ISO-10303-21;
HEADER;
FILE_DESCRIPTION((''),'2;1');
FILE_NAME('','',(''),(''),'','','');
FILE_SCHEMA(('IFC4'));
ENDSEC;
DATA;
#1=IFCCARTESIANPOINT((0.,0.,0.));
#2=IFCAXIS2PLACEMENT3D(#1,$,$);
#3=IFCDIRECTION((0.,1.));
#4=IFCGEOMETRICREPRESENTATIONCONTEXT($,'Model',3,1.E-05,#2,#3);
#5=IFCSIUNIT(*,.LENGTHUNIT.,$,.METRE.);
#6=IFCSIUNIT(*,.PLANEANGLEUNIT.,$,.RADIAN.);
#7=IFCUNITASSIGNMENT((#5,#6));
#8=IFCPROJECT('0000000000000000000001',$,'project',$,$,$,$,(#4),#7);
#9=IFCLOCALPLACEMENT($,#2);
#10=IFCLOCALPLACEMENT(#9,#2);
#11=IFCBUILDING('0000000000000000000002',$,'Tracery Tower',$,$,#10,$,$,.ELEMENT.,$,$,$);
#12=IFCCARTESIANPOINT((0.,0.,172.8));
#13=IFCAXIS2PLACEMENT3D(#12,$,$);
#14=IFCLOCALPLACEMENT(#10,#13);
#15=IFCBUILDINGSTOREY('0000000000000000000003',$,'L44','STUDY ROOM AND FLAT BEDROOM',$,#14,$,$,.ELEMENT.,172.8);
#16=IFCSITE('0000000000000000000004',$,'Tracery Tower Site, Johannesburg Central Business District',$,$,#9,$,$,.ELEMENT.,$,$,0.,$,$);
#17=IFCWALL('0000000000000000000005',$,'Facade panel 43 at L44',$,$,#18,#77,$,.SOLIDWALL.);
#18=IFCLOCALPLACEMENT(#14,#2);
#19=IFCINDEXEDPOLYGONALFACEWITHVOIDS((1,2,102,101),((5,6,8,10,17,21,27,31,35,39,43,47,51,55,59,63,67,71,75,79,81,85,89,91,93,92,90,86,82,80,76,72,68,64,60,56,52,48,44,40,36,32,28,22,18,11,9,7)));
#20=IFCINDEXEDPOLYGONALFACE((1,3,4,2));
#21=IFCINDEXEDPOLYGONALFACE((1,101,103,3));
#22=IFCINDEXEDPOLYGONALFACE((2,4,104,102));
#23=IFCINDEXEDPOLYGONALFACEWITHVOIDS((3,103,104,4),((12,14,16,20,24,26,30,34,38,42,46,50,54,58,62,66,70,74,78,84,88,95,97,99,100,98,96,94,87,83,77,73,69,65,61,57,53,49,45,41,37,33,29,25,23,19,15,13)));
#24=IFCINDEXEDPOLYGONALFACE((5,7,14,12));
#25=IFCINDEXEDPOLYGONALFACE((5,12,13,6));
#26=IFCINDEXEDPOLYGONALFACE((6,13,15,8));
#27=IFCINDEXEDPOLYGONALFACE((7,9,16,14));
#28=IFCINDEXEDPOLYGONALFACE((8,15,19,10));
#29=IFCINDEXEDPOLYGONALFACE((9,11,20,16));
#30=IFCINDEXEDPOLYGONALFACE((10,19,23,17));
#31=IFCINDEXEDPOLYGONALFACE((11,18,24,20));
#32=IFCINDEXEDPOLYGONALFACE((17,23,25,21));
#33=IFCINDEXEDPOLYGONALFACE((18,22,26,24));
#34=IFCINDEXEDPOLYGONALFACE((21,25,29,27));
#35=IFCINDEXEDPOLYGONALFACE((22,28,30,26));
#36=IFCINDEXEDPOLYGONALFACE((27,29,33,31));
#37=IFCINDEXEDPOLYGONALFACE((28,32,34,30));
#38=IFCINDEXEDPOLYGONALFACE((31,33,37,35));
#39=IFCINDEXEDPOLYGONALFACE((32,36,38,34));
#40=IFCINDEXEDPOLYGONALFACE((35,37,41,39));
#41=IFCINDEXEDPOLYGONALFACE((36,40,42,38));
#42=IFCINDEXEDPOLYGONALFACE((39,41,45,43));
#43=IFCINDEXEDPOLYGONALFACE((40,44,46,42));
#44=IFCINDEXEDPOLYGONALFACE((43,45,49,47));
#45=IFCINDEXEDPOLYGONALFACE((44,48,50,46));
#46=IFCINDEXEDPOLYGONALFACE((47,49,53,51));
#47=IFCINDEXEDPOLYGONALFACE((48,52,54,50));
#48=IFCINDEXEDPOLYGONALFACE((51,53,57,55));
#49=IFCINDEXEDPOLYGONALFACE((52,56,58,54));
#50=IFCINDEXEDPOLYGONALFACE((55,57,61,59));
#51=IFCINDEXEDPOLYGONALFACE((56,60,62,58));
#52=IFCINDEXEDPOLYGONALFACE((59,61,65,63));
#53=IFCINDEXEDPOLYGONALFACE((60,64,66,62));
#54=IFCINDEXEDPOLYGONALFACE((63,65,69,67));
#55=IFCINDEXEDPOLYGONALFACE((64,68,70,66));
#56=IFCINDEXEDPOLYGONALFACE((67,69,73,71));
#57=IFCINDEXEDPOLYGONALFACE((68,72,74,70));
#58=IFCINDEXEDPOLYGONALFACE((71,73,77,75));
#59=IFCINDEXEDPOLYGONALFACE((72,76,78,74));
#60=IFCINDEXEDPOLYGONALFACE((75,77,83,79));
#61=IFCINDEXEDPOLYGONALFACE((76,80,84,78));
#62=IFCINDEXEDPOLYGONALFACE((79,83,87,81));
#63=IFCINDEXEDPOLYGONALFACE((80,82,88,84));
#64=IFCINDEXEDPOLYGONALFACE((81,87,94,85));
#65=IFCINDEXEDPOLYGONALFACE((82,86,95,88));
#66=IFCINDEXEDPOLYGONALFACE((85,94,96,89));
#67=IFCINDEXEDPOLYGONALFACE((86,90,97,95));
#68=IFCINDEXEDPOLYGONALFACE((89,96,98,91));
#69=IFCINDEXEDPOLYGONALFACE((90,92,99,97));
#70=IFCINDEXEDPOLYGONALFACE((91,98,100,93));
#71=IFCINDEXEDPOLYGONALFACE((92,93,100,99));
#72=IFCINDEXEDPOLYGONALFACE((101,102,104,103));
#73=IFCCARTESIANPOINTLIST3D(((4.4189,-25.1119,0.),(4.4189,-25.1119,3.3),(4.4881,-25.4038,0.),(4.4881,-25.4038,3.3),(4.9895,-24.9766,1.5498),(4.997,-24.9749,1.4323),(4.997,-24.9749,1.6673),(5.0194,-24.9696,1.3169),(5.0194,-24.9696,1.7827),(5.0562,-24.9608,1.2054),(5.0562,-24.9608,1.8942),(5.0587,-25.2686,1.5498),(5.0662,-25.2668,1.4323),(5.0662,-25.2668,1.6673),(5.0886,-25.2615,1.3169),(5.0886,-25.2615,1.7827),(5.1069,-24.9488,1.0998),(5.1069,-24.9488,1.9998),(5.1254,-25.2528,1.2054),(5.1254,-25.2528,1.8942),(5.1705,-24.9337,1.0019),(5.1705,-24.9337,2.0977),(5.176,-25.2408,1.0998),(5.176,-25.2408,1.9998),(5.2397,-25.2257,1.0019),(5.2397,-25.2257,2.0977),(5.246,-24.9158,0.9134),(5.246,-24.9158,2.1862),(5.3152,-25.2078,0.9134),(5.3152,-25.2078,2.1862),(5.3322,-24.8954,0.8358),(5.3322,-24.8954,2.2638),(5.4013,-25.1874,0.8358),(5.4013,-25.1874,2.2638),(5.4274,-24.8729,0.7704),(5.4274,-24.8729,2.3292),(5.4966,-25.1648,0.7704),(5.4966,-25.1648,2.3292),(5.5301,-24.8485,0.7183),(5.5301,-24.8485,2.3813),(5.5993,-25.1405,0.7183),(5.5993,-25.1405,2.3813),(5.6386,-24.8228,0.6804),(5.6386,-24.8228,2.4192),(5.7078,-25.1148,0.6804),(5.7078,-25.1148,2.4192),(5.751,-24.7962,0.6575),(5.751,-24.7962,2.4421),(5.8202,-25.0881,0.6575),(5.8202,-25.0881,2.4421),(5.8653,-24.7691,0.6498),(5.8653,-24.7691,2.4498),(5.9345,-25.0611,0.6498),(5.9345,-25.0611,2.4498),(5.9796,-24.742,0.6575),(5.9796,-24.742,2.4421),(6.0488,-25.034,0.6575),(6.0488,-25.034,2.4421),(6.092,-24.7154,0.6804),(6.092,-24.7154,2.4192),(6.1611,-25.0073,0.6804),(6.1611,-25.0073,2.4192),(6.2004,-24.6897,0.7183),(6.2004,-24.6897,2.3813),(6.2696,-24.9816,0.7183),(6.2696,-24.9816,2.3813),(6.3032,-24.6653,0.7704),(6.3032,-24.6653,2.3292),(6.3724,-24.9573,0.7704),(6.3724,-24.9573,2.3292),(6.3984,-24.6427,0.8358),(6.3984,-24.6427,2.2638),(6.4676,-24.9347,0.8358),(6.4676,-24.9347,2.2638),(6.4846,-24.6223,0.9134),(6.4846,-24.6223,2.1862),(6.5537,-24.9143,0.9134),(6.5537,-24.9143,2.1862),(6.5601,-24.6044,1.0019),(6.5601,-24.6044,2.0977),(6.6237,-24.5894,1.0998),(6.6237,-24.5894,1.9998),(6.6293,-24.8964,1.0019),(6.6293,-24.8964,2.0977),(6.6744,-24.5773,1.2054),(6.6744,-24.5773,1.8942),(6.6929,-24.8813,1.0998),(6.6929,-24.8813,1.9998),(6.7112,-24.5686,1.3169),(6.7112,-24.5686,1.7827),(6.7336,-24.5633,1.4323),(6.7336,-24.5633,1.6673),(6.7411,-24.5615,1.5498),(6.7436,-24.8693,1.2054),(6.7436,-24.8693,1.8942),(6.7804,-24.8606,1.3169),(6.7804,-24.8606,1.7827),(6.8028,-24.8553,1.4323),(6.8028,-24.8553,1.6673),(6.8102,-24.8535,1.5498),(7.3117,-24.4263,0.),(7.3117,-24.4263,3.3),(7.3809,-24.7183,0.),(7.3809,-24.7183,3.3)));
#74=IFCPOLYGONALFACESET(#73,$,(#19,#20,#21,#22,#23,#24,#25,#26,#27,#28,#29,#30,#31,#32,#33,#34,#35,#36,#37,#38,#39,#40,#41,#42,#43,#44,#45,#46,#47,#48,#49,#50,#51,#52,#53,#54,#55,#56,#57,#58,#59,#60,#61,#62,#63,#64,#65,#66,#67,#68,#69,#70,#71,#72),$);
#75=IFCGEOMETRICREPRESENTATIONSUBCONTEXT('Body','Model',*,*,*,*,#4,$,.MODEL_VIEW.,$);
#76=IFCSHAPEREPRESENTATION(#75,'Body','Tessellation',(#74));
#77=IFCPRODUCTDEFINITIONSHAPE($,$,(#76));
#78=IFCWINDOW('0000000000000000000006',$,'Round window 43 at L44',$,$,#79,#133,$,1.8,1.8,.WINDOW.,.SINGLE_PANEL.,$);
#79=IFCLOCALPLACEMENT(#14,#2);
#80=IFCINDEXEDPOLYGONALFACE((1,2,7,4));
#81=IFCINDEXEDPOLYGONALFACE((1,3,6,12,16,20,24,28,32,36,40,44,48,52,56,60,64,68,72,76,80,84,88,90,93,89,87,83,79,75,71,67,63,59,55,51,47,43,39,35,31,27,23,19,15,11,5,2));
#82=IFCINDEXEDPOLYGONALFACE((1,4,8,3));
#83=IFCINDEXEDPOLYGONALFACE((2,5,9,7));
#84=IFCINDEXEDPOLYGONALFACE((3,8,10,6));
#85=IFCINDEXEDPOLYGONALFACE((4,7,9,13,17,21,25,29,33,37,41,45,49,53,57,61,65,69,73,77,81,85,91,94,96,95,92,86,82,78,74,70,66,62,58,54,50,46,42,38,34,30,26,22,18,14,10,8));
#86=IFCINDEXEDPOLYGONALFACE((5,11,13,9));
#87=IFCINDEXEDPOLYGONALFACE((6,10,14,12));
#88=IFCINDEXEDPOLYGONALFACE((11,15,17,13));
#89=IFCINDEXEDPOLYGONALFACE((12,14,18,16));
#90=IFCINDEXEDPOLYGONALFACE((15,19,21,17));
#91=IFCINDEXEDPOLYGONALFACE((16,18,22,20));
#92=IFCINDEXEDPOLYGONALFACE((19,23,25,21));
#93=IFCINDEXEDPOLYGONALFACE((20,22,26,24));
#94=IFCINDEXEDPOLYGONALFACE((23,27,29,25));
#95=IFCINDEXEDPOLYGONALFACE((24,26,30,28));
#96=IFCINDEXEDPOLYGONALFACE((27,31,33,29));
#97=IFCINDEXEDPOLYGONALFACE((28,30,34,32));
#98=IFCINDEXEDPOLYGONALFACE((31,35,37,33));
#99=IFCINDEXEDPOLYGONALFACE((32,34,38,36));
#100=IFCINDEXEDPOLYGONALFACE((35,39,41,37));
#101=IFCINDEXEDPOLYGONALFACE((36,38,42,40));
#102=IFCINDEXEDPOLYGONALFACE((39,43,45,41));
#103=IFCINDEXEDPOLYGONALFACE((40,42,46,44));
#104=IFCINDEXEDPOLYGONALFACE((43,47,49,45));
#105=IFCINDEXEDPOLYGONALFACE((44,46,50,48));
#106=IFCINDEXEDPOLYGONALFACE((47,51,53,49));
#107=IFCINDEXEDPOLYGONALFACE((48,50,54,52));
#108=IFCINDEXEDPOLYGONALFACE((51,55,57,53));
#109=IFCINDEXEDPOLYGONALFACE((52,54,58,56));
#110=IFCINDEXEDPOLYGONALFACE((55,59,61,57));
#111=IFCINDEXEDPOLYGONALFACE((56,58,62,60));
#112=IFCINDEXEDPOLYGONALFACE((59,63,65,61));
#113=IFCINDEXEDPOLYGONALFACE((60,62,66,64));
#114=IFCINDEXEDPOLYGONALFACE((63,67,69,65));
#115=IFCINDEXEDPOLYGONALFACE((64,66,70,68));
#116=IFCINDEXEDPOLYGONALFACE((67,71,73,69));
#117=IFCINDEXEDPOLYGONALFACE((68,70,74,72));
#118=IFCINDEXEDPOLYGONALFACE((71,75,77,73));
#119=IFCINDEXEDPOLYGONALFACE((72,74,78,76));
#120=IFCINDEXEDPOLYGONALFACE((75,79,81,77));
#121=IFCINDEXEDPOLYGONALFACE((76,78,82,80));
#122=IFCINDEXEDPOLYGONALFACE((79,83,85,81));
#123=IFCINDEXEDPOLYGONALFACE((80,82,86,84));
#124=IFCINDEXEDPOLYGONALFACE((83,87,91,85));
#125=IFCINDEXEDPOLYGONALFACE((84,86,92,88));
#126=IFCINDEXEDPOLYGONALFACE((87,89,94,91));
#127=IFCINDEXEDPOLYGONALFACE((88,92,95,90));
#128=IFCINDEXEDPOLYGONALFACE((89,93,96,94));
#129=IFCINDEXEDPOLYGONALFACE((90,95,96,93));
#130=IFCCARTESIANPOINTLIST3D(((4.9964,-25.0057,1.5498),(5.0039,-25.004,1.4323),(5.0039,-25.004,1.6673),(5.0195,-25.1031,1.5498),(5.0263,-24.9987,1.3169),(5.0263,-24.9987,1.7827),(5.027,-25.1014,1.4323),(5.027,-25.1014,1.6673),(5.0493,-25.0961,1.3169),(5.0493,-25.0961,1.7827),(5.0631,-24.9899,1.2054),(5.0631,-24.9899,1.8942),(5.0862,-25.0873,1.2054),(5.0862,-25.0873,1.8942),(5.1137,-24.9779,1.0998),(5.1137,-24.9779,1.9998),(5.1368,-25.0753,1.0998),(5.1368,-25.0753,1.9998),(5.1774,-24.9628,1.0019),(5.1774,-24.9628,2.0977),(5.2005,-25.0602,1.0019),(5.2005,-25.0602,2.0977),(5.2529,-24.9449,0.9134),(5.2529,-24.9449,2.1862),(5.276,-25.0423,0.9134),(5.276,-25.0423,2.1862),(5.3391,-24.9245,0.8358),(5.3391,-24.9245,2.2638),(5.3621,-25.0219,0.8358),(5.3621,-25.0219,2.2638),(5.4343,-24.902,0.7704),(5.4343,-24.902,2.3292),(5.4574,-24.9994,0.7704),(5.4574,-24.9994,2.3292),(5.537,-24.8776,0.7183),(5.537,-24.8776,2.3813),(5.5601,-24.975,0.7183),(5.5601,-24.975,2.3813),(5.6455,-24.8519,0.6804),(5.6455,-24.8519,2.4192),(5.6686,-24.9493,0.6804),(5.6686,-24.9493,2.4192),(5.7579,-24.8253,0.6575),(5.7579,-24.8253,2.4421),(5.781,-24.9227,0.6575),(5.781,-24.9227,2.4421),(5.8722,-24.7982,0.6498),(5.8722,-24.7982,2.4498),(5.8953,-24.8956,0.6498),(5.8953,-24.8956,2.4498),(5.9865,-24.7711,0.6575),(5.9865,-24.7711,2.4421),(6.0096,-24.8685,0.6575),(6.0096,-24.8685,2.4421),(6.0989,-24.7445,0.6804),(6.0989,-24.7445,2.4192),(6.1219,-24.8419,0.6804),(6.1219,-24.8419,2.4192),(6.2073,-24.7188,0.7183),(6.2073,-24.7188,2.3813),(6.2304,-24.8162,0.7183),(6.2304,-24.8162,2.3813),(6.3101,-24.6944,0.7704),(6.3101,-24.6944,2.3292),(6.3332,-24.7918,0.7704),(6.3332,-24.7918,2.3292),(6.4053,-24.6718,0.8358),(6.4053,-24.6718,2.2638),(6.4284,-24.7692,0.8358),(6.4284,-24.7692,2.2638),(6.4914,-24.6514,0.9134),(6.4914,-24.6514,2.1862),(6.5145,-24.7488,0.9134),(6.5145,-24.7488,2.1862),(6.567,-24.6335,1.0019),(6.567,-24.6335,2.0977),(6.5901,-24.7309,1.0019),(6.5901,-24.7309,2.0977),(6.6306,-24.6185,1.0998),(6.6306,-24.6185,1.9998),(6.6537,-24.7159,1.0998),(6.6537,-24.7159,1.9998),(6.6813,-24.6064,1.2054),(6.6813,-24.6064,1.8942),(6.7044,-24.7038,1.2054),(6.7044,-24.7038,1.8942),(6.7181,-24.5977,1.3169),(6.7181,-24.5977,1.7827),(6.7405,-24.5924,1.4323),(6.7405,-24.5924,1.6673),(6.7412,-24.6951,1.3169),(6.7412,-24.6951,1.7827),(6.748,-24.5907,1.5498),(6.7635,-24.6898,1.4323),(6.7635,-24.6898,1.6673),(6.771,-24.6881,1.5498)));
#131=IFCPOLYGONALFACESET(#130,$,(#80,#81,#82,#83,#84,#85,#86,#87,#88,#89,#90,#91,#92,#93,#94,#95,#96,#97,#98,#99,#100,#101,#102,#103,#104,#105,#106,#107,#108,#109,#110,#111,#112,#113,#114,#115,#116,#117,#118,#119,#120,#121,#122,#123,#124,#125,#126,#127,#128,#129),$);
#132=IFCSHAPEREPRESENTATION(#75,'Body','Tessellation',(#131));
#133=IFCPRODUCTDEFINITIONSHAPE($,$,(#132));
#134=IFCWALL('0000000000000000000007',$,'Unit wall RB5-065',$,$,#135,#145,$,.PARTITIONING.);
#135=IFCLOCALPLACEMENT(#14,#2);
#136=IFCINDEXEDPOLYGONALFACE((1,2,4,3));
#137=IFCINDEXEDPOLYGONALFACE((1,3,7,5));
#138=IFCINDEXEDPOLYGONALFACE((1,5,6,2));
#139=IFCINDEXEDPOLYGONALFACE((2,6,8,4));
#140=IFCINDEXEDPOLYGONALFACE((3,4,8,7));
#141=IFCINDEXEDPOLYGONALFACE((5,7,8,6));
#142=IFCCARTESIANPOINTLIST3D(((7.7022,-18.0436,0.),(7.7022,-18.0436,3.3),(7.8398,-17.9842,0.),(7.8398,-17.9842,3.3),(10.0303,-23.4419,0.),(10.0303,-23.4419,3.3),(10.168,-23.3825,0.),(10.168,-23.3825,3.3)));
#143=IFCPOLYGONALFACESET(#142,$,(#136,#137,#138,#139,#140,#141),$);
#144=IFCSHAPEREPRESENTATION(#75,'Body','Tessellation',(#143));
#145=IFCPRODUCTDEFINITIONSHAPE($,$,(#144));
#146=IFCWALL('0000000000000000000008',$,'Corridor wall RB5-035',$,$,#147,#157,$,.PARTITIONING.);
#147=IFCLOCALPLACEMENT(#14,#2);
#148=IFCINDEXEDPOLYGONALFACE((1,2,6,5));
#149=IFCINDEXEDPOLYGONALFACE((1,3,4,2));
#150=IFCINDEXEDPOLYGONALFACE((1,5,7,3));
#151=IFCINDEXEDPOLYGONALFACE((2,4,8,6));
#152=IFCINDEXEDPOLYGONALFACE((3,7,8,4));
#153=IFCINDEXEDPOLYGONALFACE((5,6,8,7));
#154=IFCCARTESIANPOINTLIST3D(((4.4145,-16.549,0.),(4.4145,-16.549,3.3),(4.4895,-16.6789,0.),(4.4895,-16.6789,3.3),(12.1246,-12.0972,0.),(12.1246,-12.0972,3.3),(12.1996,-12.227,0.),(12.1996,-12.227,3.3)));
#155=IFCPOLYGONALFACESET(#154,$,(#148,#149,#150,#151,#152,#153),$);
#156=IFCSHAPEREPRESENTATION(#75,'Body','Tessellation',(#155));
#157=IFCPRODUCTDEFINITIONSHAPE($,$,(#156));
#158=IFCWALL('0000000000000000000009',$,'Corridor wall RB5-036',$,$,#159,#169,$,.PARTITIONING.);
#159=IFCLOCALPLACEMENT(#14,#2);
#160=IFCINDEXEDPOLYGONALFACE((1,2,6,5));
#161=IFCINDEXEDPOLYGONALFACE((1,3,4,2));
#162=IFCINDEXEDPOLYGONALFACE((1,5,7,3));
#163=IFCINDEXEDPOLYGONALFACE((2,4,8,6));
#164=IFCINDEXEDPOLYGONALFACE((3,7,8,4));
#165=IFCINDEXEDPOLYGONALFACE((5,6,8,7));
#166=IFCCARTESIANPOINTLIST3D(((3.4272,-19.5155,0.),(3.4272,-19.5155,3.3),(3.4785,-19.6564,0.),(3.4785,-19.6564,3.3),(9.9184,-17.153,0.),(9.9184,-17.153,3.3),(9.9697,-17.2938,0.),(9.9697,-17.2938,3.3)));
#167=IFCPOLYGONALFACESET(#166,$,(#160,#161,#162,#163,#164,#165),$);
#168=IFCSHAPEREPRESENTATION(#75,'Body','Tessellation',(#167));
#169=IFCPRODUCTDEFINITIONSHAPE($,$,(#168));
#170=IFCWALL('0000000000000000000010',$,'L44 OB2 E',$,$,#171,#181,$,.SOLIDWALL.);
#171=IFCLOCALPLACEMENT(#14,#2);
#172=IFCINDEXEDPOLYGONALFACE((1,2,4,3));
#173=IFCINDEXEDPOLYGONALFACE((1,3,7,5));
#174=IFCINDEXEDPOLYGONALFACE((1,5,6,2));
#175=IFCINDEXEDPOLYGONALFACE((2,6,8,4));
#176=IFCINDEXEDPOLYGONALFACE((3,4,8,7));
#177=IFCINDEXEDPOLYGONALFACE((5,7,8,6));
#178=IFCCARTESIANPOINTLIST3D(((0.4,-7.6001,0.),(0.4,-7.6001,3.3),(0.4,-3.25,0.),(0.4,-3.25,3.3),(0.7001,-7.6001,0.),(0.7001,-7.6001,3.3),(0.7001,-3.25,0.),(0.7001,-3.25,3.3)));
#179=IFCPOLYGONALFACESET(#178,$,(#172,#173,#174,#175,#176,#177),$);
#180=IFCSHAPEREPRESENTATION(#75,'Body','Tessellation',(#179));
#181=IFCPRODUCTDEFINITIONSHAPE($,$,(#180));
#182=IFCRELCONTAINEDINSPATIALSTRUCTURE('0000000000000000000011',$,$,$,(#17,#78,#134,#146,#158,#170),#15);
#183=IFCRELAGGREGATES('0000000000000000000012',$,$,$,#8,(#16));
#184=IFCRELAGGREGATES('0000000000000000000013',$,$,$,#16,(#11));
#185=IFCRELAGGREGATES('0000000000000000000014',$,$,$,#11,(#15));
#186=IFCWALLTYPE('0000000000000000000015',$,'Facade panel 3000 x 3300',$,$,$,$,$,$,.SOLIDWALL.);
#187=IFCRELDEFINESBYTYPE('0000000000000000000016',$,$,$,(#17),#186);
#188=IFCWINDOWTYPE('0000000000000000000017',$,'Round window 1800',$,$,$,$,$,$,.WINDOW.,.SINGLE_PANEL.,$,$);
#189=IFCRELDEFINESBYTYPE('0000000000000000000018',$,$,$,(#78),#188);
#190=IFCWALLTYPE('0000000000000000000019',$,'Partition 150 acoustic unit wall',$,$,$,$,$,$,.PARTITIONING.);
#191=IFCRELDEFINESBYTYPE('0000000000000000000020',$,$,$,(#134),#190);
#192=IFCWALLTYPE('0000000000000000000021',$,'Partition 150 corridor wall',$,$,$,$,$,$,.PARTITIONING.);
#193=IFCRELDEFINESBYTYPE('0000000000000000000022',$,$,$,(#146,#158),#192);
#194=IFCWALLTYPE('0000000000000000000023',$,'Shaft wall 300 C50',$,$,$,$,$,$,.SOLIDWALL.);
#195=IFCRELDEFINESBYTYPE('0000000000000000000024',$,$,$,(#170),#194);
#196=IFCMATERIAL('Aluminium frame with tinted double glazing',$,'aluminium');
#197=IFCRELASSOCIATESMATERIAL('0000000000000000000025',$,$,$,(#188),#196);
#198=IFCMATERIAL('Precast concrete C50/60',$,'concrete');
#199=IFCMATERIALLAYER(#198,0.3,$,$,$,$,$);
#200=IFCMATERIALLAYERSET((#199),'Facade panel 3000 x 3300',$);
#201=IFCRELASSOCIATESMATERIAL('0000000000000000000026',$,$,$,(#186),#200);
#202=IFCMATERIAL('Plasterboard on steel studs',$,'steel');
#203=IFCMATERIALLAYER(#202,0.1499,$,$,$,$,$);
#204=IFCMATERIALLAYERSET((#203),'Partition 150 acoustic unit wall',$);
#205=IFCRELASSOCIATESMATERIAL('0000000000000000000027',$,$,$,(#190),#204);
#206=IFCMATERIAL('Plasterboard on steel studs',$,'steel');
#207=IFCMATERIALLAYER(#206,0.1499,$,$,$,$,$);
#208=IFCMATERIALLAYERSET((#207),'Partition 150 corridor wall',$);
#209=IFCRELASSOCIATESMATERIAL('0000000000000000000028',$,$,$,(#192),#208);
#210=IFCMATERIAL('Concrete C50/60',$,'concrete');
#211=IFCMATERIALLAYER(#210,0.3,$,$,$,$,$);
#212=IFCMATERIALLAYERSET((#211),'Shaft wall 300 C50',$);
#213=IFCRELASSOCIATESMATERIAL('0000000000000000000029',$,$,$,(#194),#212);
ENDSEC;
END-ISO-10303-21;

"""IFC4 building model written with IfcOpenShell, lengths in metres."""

from ifc_helpers import new_model, si_unit, direction, frame, frame_2d, origin, origin_2d, place, context, subcontext, project, spatial, rectangle, circle, extrude, material, layer, layer_set, type_object, element, fill, save


model = new_model("IFC4")

# Units and contexts
model_context = context("Model", 3, precision=1e-05, world=origin(), true_north=direction((0.0, 1.0)))
body_context = subcontext(model_context, "Body", "Model", "MODEL_VIEW")
ifc_project = project(units=[si_unit("LENGTHUNIT", "METRE"), si_unit("PLANEANGLEUNIT", "RADIAN")], contexts=[model_context])

# Site, building, storey
site_placement = place(None, origin())
site = spatial("IfcSite", under=ifc_project, at=site_placement, Name="Tracery Tower Site, Johannesburg Central Business District", CompositionType="ELEMENT", RefElevation=0.0)
building_placement = place(site_placement, origin())
building = spatial("IfcBuilding", under=site, at=building_placement, Name="Tracery Tower", CompositionType="ELEMENT")
storey_placement = place(building_placement, frame((0.0, 0.0, 172.8)))
storey = spatial("IfcBuildingStorey", under=building, at=storey_placement, Name="L44", Description="STUDY ROOM AND FLAT BEDROOM", CompositionType="ELEMENT", Elevation=172.8)

# Wall, opening, window
ifc_material_1 = material(Name="Aluminium frame with tinted double glazing", Category="aluminium")
window_type = type_object("IfcWindowType", Name="Round window 1800", PartitioningType="SINGLE_PANEL", PredefinedType="WINDOW", material=ifc_material_1)
ifc_material_2 = material(Name="Precast concrete C50/60", Category="concrete")
ifc_layer_1 = layer(ifc_material_2, 0.3)
ifc_layer_set_1 = layer_set([ifc_layer_1], Name="Facade panel 3000 x 3300")
wall_type_1 = type_object("IfcWallType", Name="Facade panel 3000 x 3300", PredefinedType="SOLIDWALL", material=ifc_layer_set_1)
wall_1_placement = place(storey_placement, frame((4.4536, -25.2578, 0.0), z_axis=(0.0, 0.0, 1.0), x_axis=(0.97305, 0.230595, 0.0)))
wall_1 = element("IfcWall", 1, at=wall_1_placement, inside=storey, type_object=wall_type_1, Name="Facade panel 43 at L44", PredefinedType="SOLIDWALL", context=body_context, shape_type="SweptSolid", body=[
    extrude(rectangle(XDim=2.9729, YDim=0.3, at=frame_2d((1.4863, 0.0))), origin(), (0.0, 0.0, 1.0), 3.3),
])
opening_1_placement = place(wall_1_placement, frame((1.4863, 0.0, 1.5498)))
opening_1 = element("IfcOpeningElement", 2, at=opening_1_placement, cuts=wall_1, PredefinedType="OPENING", context=body_context, shape_type="SweptSolid", body=[
    extrude(circle(Radius=0.9, at=origin_2d()), frame((0.0, 0.1599, 0.0), z_axis=(0.0, -1.0, 0.0), x_axis=(1.0, 0.0, 0.0)), (0.0, 0.0, 1.0), 0.3201),
])
window_1_placement = place(opening_1_placement, origin())
window_1 = element("IfcWindow", 3, at=window_1_placement, inside=storey, type_object=window_type, Name="Round window 43 at L44", OverallHeight=1.8, OverallWidth=1.8, PartitioningType="SINGLE_PANEL", PredefinedType="WINDOW", context=body_context, shape_type="SweptSolid", body=[
    extrude(circle(Radius=0.9, at=origin_2d()), frame((0.0, 0.1201, 0.0), z_axis=(0.0, -1.0, 0.0), x_axis=(1.0, 0.0, 0.0)), (0.0, 0.0, 1.0), 0.1001),
])
fill(opening_1, window_1)

# Walls
ifc_material_3 = material(Name="Plasterboard on steel studs", Category="steel")
ifc_layer_2 = layer(ifc_material_3, 0.1499)
ifc_layer_set_2 = layer_set([ifc_layer_2], Name="Partition 150 acoustic unit wall")
wall_type_2 = type_object("IfcWallType", Name="Partition 150 acoustic unit wall", PredefinedType="PARTITIONING", material=ifc_layer_set_2)
wall_2_placement = place(storey_placement, frame((7.771, -18.0139, 0.0), z_axis=(0.0, 0.0, 1.0), x_axis=(0.396018, -0.918243, 0.0)))
element("IfcWall", 4, at=wall_2_placement, inside=storey, type_object=wall_type_2, Name="Unit wall RB5-065", PredefinedType="PARTITIONING", context=body_context, shape_type="SweptSolid", body=[
    extrude(rectangle(XDim=5.8789, YDim=0.1499, at=frame_2d((2.9395, 0.0))), origin(), (0.0, 0.0, 1.0), 3.3),
])
ifc_material_4 = material(Name="Plasterboard on steel studs", Category="steel")
ifc_layer_3 = layer(ifc_material_4, 0.1499)
ifc_layer_set_3 = layer_set([ifc_layer_3], Name="Partition 150 corridor wall")
wall_type_3 = type_object("IfcWallType", Name="Partition 150 corridor wall", PredefinedType="PARTITIONING", material=ifc_layer_set_3)
wall_3_placement = place(storey_placement, frame((4.4519, -16.614, 0.0), z_axis=(0.0, 0.0, 1.0), x_axis=(0.866005, 0.500035, 0.0)))
element("IfcWall", 5, at=wall_3_placement, inside=storey, type_object=wall_type_3, Name="Corridor wall RB5-035", PredefinedType="PARTITIONING", context=body_context, shape_type="SweptSolid", body=[
    extrude(rectangle(XDim=8.9031, YDim=0.1499, at=frame_2d((4.4517, 0.0))), origin(), (0.0, 0.0, 1.0), 3.3),
])
wall_4_placement = place(storey_placement, frame((3.4529, -19.5859, 0.0), z_axis=(0.0, 0.0, 1.0), x_axis=(0.939695, 0.342013, 0.0)))
element("IfcWall", 6, at=wall_4_placement, inside=storey, type_object=wall_type_3, Name="Corridor wall RB5-036", PredefinedType="PARTITIONING", context=body_context, shape_type="SweptSolid", body=[
    extrude(rectangle(XDim=6.9077, YDim=0.1499, at=frame_2d((3.4539, 0.0))), origin(), (0.0, 0.0, 1.0), 3.3),
])
ifc_material_5 = material(Name="Concrete C50/60", Category="concrete")
ifc_layer_4 = layer(ifc_material_5, 0.3)
ifc_layer_set_4 = layer_set([ifc_layer_4], Name="Shaft wall 300 C50")
wall_type_4 = type_object("IfcWallType", Name="Shaft wall 300 C50", PredefinedType="SOLIDWALL", material=ifc_layer_set_4)
wall_5_placement = place(storey_placement, frame((0.55, -7.6001, 0.0), z_axis=(0.0, 0.0, 1.0), x_axis=(0.0, 1.0, 0.0)))
element("IfcWall", 7, at=wall_5_placement, inside=storey, type_object=wall_type_4, Name="L44 OB2 E", PredefinedType="SOLIDWALL", context=body_context, shape_type="SweptSolid", body=[
    extrude(rectangle(XDim=4.3501, YDim=0.3, at=frame_2d((2.175, 0.0))), origin(), (0.0, 0.0, 1.0), 3.3),
])

save(model, "model.ifc")
